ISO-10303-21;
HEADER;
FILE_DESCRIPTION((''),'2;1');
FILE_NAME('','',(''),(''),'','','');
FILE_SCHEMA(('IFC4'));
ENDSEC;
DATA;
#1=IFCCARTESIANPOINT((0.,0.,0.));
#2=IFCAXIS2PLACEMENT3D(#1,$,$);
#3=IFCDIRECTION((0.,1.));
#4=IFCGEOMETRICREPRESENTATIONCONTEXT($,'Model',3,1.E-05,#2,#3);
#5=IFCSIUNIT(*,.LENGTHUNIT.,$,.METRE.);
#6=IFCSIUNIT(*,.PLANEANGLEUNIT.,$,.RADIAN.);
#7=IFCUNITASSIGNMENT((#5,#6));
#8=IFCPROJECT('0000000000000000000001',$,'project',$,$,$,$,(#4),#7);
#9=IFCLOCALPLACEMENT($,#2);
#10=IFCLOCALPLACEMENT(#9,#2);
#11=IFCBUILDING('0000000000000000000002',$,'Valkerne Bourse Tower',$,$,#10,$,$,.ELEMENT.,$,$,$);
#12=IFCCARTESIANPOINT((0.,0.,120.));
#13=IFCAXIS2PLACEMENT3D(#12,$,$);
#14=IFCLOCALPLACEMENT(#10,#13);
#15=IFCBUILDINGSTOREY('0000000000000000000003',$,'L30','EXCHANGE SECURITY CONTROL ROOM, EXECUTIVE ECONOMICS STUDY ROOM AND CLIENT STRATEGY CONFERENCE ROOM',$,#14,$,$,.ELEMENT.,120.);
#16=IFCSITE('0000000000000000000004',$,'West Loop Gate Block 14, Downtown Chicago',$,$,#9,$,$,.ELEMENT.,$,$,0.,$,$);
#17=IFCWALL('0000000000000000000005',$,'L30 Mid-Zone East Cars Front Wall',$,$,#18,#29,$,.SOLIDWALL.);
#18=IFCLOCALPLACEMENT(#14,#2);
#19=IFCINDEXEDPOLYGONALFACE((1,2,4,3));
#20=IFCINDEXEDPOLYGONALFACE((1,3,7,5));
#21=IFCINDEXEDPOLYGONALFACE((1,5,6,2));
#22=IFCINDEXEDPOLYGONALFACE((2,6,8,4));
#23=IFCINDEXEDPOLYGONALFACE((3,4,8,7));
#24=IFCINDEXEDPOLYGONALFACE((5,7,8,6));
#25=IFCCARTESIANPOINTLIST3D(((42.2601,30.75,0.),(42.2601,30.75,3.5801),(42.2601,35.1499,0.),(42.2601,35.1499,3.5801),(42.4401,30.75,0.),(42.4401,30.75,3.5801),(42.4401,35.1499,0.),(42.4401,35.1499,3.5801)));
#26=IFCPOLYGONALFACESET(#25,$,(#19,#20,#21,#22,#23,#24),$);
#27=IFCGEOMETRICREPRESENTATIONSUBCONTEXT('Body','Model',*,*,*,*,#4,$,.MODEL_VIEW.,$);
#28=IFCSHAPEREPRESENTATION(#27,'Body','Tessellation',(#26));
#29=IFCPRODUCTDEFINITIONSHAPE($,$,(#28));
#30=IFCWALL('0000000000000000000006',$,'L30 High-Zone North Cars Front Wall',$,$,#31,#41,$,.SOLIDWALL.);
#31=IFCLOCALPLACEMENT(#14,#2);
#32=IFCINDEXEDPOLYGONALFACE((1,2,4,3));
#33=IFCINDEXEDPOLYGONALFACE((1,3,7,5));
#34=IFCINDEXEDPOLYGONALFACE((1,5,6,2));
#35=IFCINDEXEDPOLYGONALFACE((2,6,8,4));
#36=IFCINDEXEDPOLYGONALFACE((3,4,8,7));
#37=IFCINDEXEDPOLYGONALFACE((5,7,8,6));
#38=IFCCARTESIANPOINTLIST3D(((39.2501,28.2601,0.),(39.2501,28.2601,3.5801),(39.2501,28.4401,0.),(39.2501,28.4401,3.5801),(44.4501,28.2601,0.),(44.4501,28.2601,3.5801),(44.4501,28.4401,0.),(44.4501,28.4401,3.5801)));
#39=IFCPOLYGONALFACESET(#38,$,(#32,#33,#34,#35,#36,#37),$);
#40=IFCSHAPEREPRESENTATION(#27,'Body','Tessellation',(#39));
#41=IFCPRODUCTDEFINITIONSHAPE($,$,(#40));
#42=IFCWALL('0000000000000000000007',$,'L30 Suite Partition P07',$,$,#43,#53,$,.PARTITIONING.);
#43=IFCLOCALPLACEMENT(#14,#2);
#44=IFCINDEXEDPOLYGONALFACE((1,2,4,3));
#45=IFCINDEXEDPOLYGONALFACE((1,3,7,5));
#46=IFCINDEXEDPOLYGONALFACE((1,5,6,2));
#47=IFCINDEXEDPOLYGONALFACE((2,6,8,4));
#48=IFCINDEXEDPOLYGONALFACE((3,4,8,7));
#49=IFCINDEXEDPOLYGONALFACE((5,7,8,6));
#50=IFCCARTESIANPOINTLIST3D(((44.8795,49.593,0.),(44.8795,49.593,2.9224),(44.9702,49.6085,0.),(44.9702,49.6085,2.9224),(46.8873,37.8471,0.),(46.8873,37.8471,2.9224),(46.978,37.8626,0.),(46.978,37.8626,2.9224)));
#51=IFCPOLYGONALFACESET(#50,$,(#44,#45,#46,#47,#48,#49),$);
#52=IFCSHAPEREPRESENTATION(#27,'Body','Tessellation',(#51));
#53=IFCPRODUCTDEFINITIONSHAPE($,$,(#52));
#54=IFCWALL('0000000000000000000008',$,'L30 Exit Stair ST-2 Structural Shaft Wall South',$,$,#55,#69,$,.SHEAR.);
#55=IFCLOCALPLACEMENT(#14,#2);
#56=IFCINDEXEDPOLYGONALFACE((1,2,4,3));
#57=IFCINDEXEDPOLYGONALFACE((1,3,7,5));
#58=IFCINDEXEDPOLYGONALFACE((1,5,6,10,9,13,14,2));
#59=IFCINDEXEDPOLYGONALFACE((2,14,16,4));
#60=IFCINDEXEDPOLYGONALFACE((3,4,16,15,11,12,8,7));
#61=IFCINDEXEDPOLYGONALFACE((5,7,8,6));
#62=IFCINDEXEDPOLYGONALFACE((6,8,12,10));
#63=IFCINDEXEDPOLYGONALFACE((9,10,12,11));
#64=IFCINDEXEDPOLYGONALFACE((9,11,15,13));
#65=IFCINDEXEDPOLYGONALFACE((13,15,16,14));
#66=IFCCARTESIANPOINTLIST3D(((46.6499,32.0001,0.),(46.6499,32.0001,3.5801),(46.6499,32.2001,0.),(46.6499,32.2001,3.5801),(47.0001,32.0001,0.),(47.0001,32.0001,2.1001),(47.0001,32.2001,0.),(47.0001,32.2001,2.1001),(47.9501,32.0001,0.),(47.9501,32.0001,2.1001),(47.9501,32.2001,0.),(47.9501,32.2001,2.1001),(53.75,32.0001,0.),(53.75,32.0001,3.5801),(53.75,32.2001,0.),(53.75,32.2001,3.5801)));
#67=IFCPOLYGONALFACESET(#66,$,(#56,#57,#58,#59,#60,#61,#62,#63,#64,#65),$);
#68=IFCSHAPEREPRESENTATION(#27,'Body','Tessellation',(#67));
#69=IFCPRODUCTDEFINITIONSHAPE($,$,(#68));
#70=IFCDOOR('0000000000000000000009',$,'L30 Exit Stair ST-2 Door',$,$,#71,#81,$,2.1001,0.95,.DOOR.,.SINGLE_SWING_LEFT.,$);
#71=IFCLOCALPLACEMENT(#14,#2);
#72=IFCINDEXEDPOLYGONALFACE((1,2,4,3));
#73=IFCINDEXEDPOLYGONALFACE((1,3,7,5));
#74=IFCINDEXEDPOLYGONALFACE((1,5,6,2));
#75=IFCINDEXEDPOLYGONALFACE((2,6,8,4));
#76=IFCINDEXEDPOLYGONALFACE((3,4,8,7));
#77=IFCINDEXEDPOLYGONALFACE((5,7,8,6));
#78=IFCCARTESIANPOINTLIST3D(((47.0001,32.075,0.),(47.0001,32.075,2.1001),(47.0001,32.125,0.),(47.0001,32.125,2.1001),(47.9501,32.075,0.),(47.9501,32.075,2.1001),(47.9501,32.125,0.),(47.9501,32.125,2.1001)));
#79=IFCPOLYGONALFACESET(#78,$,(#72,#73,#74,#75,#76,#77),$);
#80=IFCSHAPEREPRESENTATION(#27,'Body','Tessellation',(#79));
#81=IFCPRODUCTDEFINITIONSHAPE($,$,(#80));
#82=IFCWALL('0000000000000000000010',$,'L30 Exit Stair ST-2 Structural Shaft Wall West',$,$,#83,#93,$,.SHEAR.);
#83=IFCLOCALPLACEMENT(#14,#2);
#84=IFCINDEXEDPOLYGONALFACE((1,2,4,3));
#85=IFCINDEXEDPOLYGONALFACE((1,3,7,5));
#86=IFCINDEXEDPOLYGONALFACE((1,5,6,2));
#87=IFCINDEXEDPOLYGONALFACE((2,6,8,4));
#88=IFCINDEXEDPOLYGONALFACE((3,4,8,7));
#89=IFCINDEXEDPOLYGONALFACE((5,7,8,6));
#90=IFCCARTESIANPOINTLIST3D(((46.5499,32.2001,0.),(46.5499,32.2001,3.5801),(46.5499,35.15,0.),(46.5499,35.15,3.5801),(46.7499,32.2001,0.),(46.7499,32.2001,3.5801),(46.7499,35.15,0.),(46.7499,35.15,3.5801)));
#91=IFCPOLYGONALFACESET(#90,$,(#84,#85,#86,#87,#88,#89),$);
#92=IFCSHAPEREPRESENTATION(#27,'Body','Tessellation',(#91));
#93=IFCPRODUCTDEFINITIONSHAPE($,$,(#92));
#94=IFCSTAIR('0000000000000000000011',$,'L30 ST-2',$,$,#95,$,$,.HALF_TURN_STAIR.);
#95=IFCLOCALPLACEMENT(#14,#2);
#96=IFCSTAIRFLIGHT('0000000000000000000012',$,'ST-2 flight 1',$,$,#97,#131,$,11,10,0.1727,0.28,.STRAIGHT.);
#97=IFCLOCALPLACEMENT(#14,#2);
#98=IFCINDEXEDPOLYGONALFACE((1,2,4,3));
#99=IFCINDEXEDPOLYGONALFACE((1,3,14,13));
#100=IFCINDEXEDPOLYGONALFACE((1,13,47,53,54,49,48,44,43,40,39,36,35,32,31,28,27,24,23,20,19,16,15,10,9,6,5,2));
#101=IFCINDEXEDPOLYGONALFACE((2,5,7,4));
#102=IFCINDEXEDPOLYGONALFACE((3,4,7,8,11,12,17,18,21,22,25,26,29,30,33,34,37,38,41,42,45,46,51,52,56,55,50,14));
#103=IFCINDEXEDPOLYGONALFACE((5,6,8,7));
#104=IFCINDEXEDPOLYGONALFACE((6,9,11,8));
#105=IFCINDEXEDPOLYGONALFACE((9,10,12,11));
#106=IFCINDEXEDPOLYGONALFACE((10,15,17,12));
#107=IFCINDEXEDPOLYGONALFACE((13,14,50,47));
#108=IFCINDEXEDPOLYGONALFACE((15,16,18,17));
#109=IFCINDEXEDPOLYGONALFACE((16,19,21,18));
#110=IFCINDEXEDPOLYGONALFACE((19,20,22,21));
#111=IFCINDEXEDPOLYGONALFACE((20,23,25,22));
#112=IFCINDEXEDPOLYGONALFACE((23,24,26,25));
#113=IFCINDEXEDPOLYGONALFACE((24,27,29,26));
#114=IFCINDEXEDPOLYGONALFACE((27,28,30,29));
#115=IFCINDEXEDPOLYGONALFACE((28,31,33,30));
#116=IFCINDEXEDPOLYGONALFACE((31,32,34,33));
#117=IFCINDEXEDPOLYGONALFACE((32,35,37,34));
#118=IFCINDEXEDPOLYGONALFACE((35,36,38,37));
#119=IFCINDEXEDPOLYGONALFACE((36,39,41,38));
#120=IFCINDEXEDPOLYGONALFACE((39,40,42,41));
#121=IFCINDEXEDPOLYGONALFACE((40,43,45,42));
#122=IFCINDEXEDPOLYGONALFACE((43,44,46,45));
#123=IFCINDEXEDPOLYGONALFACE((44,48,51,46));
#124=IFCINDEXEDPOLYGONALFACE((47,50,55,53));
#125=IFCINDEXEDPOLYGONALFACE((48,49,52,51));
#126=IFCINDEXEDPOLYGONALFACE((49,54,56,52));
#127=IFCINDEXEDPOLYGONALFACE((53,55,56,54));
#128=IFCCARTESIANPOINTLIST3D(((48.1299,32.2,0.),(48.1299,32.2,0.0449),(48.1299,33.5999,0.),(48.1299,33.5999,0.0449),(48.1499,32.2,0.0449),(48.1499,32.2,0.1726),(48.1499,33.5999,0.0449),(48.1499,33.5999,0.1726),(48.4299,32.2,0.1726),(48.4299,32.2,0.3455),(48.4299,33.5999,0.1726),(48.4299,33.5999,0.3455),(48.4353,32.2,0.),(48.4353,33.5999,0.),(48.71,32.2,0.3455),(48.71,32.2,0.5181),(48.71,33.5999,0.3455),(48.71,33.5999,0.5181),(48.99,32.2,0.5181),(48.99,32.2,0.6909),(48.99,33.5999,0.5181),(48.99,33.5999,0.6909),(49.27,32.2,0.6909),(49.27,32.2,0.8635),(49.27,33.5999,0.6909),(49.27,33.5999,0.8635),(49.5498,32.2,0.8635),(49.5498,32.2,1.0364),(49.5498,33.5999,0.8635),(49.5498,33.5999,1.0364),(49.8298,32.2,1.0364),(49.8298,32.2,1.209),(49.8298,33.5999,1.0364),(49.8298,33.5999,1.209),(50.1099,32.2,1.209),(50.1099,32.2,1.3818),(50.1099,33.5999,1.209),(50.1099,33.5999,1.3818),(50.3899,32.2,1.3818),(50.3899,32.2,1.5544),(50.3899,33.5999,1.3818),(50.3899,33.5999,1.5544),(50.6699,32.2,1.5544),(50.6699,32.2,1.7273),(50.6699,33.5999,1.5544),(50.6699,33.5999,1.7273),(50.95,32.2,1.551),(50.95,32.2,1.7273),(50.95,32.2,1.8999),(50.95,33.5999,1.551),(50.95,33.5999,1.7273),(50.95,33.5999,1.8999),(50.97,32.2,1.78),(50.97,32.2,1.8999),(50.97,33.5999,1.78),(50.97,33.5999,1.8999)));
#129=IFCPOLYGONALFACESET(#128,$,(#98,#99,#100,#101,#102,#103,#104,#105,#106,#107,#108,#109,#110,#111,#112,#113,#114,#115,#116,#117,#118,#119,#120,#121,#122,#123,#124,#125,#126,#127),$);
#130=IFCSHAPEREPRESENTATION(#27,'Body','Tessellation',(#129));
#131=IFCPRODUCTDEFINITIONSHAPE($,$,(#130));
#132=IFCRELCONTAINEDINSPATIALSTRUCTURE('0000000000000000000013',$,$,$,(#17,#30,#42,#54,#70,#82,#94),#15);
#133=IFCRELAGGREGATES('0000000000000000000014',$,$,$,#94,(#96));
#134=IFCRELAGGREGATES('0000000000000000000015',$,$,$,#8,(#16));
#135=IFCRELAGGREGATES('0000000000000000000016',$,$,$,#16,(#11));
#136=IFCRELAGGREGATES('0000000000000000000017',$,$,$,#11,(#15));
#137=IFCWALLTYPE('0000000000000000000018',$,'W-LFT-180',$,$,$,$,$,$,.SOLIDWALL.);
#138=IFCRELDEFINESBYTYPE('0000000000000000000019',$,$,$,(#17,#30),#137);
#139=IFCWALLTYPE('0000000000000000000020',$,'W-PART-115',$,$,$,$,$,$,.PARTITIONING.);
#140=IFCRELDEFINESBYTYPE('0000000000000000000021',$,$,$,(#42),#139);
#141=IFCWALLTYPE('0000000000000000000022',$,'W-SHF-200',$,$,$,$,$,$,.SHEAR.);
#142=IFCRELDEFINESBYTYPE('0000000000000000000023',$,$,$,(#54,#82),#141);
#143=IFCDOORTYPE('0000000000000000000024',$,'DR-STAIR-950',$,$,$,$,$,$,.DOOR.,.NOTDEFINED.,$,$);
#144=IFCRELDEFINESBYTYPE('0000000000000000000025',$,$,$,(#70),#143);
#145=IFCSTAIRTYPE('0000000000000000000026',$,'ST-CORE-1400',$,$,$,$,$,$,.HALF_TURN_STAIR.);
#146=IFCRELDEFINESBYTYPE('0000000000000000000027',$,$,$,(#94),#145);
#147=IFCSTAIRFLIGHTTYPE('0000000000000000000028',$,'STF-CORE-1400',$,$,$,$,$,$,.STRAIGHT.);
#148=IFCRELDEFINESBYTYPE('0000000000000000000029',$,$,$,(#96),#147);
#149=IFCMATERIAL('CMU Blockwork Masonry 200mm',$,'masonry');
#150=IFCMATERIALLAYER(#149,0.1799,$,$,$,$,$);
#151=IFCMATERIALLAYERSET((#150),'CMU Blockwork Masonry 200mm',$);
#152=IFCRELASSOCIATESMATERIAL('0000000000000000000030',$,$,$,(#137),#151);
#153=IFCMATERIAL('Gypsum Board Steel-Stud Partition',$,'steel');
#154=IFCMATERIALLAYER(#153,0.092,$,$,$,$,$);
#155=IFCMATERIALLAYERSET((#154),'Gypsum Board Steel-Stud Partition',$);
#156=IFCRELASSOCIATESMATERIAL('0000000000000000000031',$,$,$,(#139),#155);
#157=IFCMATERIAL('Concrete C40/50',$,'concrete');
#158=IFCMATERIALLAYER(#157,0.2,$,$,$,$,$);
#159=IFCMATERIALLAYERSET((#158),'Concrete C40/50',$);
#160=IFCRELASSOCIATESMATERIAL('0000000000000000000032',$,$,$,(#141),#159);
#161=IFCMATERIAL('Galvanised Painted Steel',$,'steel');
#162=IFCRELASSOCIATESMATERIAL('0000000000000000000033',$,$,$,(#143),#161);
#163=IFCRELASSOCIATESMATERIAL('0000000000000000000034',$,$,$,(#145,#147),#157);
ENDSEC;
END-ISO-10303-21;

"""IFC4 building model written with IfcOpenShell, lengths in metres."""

from ifc_helpers import new_model, si_unit, direction, frame, frame_2d, origin, place, context, subcontext, project, spatial, polyline, rectangle, outline, extrude, material, layer, layer_set, type_object, element, fill, aggregate, save


model = new_model("IFC4")

# Units and contexts
model_context = context("Model", 3, precision=1e-05, world=origin(), true_north=direction((0.0, 1.0)))
body_context = subcontext(model_context, "Body", "Model", "MODEL_VIEW")
ifc_project = project(units=[si_unit("LENGTHUNIT", "METRE"), si_unit("PLANEANGLEUNIT", "RADIAN")], contexts=[model_context])

# Site, building, storey
site_placement = place(None, origin())
site = spatial("IfcSite", under=ifc_project, at=site_placement, Name="West Loop Gate Block 14, Downtown Chicago", CompositionType="ELEMENT", RefElevation=0.0)
building_placement = place(site_placement, origin())
building = spatial("IfcBuilding", under=site, at=building_placement, Name="Valkerne Bourse Tower", CompositionType="ELEMENT")
storey_placement = place(building_placement, frame((0.0, 0.0, 120.0)))
storey = spatial("IfcBuildingStorey", under=building, at=storey_placement, Name="L30", Description="EXCHANGE SECURITY CONTROL ROOM, EXECUTIVE ECONOMICS STUDY ROOM AND CLIENT STRATEGY CONFERENCE ROOM", CompositionType="ELEMENT", Elevation=120.0)

# Shared definitions
ifc_material_1 = material(Name="Galvanised Painted Steel", Category="steel")

# Walls
ifc_material_2 = material(Name="CMU Blockwork Masonry 200mm", Category="masonry")
ifc_layer_1 = layer(ifc_material_2, 0.1799)
ifc_layer_set_1 = layer_set([ifc_layer_1], Name="CMU Blockwork Masonry 200mm")
wall_type_1 = type_object("IfcWallType", Name="W-LFT-180", PredefinedType="SOLIDWALL", material=ifc_layer_set_1)
for number, where, z_axis, x_axis, name in (
    (1, (42.3501, 30.75, 0.0), (0.0, 0.0, 1.0), (0.0, 1.0, 0.0), "L30 Mid-Zone East Cars Front Wall"),
):
    element("IfcWall", number, at=place(storey_placement, frame(where, z_axis=z_axis, x_axis=x_axis)), inside=storey, type_object=wall_type_1, Name=name, PredefinedType="SOLIDWALL", context=body_context, shape_type="SweptSolid", body=[
        extrude(rectangle(XDim=4.3999, YDim=0.1799, at=frame_2d((2.2, 0.0))), origin(), (0.0, 0.0, 1.0), 3.5801),
    ])
wall_1_placement = place(storey_placement, frame((39.25, 28.3501, 0.0), z_axis=(0.0, 0.0, 1.0), x_axis=(1.0, 0.0, 0.0)))
element("IfcWall", 2, at=wall_1_placement, inside=storey, type_object=wall_type_1, Name="L30 High-Zone North Cars Front Wall", PredefinedType="SOLIDWALL", context=body_context, shape_type="SweptSolid", body=[
    extrude(rectangle(XDim=5.2, YDim=0.1799, at=frame_2d((2.6001, 0.0))), origin(), (0.0, 0.0, 1.0), 3.5801),
])
ifc_material_3 = material(Name="Gypsum Board Steel-Stud Partition", Category="steel")
ifc_layer_2 = layer(ifc_material_3, 0.092)
ifc_layer_set_2 = layer_set([ifc_layer_2], Name="Gypsum Board Steel-Stud Partition")
wall_type_2 = type_object("IfcWallType", Name="W-PART-115", PredefinedType="PARTITIONING", material=ifc_layer_set_2)
wall_2_placement = place(storey_placement, frame((46.9326, 37.855, 0.0), z_axis=(0.0, 0.0, 1.0), x_axis=(-0.168494, 0.985703, 0.0)))
element("IfcWall", 3, at=wall_2_placement, inside=storey, type_object=wall_type_2, Name="L30 Suite Partition P07", PredefinedType="PARTITIONING", context=body_context, shape_type="SweptSolid", body=[
    extrude(rectangle(XDim=11.9163, YDim=0.092, at=frame_2d((5.958, 0.0))), origin(), (0.0, 0.0, 1.0), 2.9224),
])

# Wall, opening, door
ifc_material_4 = material(Name="Concrete C40/50", Category="concrete")
ifc_layer_3 = layer(ifc_material_4, 0.2)
ifc_layer_set_3 = layer_set([ifc_layer_3], Name="Concrete C40/50")
wall_type_3 = type_object("IfcWallType", Name="W-SHF-200", PredefinedType="SHEAR", material=ifc_layer_set_3)
wall_3_placement = place(storey_placement, frame((46.6499, 32.1001, 0.0), z_axis=(0.0, 0.0, 1.0), x_axis=(1.0, 0.0, 0.0)))
wall_3 = element("IfcWall", 4, at=wall_3_placement, inside=storey, type_object=wall_type_3, Name="L30 Exit Stair ST-2 Structural Shaft Wall South", PredefinedType="SHEAR", context=body_context, shape_type="SweptSolid", body=[
    extrude(rectangle(XDim=7.1001, YDim=0.2, at=frame_2d((3.55, 0.0))), origin(), (0.0, 0.0, 1.0), 3.5801),
])
opening_1_placement = place(wall_3_placement, frame((0.3501, 0.0, 0.0)))
opening_1 = element("IfcOpeningElement", 5, at=opening_1_placement, cuts=wall_3, PredefinedType="OPENING", context=body_context, shape_type="SweptSolid", body=[
    extrude(rectangle(XDim=0.95, YDim=2.1001, at=frame_2d((0.4751, 1.05))), frame((0.0, 0.1099, 0.0), z_axis=(0.0, -1.0, 0.0), x_axis=(1.0, 0.0, 0.0)), (0.0, 0.0, 1.0), 0.22),
])
door_type_1 = type_object("IfcDoorType", Name="DR-STAIR-950", OperationType="NOTDEFINED", PredefinedType="DOOR", material=ifc_material_1)
door_1_placement = place(opening_1_placement, origin())
door_1 = element("IfcDoor", 6, at=door_1_placement, inside=storey, type_object=door_type_1, Name="L30 Exit Stair ST-2 Door", OperationType="SINGLE_SWING_LEFT", OverallHeight=2.1001, OverallWidth=0.95, PredefinedType="DOOR", context=body_context, shape_type="SweptSolid", body=[
    extrude(rectangle(XDim=0.95, YDim=2.1001, at=frame_2d((0.4751, 1.05))), frame((0.0, 0.0249, 0.0), z_axis=(0.0, -1.0, 0.0), x_axis=(1.0, 0.0, 0.0)), (0.0, 0.0, 1.0), 0.05),
])
fill(opening_1, door_1)

# Wall
wall_4_placement = place(storey_placement, frame((46.6499, 32.2, 0.0), z_axis=(0.0, 0.0, 1.0), x_axis=(0.0, 1.0, 0.0)))
element("IfcWall", 7, at=wall_4_placement, inside=storey, type_object=wall_type_3, Name="L30 Exit Stair ST-2 Structural Shaft Wall West", PredefinedType="SHEAR", context=body_context, shape_type="SweptSolid", body=[
    extrude(rectangle(XDim=2.95, YDim=0.2, at=frame_2d((1.4751, 0.0))), origin(), (0.0, 0.0, 1.0), 3.5801),
])

# Stair, stair flight
stair_type = type_object("IfcStairType", Name="ST-CORE-1400", PredefinedType="HALF_TURN_STAIR", material=ifc_material_4)
stair_placement = place(storey_placement, origin())
stair = element("IfcStair", 8, at=stair_placement, inside=storey, type_object=stair_type, Name="L30 ST-2", PredefinedType="HALF_TURN_STAIR")
stair_flight_type = type_object("IfcStairFlightType", Name="STF-CORE-1400", PredefinedType="STRAIGHT", material=ifc_material_4)
stair_flight_placement = place(storey_placement, frame((48.1499, 32.8999, 0.0), z_axis=(0.0, 0.0, 1.0), x_axis=(1.0, 0.0, 0.0)))
stair_flight = element("IfcStairFlight", 9, at=stair_flight_placement, type_object=stair_flight_type, Name="ST-2 flight 1", NumberOfRisers=11, NumberOfTreads=10, PredefinedType="STRAIGHT", RiserHeight=0.1727, TreadLength=0.28, context=body_context, shape_type="SweptSolid", body=[
    extrude(outline(polyline([(-0.02, 0.0), (-0.02, 0.0449), (0.0, 0.0449), (0.0, 0.1726), (0.28, 0.1726), (0.28, 0.3455), (0.5601, 0.3455), (0.5601, 0.5181), (0.8401, 0.5181), (0.8401, 0.6909), (1.1201, 0.6909), (1.1201, 0.8635), (1.3999, 0.8635), (1.3999, 1.0364), (1.6799, 1.0364), (1.6799, 1.209), (1.96, 1.209), (1.96, 1.3818), (2.24, 1.3818), (2.24, 1.5544), (2.52, 1.5544), (2.52, 1.7273), (2.8, 1.7273), (2.8, 1.8999), (2.8201, 1.8999), (2.8201, 1.78), (2.8, 1.551), (0.2854, 0.0), (-0.02, 0.0)])), frame((0.0, 0.7, 0.0), z_axis=(0.0, -1.0, 0.0), x_axis=(1.0, 0.0, 0.0)), (0.0, 0.0, 1.0), 1.3999),
])
aggregate(stair, [stair_flight])

save(model, "model.ifc")
